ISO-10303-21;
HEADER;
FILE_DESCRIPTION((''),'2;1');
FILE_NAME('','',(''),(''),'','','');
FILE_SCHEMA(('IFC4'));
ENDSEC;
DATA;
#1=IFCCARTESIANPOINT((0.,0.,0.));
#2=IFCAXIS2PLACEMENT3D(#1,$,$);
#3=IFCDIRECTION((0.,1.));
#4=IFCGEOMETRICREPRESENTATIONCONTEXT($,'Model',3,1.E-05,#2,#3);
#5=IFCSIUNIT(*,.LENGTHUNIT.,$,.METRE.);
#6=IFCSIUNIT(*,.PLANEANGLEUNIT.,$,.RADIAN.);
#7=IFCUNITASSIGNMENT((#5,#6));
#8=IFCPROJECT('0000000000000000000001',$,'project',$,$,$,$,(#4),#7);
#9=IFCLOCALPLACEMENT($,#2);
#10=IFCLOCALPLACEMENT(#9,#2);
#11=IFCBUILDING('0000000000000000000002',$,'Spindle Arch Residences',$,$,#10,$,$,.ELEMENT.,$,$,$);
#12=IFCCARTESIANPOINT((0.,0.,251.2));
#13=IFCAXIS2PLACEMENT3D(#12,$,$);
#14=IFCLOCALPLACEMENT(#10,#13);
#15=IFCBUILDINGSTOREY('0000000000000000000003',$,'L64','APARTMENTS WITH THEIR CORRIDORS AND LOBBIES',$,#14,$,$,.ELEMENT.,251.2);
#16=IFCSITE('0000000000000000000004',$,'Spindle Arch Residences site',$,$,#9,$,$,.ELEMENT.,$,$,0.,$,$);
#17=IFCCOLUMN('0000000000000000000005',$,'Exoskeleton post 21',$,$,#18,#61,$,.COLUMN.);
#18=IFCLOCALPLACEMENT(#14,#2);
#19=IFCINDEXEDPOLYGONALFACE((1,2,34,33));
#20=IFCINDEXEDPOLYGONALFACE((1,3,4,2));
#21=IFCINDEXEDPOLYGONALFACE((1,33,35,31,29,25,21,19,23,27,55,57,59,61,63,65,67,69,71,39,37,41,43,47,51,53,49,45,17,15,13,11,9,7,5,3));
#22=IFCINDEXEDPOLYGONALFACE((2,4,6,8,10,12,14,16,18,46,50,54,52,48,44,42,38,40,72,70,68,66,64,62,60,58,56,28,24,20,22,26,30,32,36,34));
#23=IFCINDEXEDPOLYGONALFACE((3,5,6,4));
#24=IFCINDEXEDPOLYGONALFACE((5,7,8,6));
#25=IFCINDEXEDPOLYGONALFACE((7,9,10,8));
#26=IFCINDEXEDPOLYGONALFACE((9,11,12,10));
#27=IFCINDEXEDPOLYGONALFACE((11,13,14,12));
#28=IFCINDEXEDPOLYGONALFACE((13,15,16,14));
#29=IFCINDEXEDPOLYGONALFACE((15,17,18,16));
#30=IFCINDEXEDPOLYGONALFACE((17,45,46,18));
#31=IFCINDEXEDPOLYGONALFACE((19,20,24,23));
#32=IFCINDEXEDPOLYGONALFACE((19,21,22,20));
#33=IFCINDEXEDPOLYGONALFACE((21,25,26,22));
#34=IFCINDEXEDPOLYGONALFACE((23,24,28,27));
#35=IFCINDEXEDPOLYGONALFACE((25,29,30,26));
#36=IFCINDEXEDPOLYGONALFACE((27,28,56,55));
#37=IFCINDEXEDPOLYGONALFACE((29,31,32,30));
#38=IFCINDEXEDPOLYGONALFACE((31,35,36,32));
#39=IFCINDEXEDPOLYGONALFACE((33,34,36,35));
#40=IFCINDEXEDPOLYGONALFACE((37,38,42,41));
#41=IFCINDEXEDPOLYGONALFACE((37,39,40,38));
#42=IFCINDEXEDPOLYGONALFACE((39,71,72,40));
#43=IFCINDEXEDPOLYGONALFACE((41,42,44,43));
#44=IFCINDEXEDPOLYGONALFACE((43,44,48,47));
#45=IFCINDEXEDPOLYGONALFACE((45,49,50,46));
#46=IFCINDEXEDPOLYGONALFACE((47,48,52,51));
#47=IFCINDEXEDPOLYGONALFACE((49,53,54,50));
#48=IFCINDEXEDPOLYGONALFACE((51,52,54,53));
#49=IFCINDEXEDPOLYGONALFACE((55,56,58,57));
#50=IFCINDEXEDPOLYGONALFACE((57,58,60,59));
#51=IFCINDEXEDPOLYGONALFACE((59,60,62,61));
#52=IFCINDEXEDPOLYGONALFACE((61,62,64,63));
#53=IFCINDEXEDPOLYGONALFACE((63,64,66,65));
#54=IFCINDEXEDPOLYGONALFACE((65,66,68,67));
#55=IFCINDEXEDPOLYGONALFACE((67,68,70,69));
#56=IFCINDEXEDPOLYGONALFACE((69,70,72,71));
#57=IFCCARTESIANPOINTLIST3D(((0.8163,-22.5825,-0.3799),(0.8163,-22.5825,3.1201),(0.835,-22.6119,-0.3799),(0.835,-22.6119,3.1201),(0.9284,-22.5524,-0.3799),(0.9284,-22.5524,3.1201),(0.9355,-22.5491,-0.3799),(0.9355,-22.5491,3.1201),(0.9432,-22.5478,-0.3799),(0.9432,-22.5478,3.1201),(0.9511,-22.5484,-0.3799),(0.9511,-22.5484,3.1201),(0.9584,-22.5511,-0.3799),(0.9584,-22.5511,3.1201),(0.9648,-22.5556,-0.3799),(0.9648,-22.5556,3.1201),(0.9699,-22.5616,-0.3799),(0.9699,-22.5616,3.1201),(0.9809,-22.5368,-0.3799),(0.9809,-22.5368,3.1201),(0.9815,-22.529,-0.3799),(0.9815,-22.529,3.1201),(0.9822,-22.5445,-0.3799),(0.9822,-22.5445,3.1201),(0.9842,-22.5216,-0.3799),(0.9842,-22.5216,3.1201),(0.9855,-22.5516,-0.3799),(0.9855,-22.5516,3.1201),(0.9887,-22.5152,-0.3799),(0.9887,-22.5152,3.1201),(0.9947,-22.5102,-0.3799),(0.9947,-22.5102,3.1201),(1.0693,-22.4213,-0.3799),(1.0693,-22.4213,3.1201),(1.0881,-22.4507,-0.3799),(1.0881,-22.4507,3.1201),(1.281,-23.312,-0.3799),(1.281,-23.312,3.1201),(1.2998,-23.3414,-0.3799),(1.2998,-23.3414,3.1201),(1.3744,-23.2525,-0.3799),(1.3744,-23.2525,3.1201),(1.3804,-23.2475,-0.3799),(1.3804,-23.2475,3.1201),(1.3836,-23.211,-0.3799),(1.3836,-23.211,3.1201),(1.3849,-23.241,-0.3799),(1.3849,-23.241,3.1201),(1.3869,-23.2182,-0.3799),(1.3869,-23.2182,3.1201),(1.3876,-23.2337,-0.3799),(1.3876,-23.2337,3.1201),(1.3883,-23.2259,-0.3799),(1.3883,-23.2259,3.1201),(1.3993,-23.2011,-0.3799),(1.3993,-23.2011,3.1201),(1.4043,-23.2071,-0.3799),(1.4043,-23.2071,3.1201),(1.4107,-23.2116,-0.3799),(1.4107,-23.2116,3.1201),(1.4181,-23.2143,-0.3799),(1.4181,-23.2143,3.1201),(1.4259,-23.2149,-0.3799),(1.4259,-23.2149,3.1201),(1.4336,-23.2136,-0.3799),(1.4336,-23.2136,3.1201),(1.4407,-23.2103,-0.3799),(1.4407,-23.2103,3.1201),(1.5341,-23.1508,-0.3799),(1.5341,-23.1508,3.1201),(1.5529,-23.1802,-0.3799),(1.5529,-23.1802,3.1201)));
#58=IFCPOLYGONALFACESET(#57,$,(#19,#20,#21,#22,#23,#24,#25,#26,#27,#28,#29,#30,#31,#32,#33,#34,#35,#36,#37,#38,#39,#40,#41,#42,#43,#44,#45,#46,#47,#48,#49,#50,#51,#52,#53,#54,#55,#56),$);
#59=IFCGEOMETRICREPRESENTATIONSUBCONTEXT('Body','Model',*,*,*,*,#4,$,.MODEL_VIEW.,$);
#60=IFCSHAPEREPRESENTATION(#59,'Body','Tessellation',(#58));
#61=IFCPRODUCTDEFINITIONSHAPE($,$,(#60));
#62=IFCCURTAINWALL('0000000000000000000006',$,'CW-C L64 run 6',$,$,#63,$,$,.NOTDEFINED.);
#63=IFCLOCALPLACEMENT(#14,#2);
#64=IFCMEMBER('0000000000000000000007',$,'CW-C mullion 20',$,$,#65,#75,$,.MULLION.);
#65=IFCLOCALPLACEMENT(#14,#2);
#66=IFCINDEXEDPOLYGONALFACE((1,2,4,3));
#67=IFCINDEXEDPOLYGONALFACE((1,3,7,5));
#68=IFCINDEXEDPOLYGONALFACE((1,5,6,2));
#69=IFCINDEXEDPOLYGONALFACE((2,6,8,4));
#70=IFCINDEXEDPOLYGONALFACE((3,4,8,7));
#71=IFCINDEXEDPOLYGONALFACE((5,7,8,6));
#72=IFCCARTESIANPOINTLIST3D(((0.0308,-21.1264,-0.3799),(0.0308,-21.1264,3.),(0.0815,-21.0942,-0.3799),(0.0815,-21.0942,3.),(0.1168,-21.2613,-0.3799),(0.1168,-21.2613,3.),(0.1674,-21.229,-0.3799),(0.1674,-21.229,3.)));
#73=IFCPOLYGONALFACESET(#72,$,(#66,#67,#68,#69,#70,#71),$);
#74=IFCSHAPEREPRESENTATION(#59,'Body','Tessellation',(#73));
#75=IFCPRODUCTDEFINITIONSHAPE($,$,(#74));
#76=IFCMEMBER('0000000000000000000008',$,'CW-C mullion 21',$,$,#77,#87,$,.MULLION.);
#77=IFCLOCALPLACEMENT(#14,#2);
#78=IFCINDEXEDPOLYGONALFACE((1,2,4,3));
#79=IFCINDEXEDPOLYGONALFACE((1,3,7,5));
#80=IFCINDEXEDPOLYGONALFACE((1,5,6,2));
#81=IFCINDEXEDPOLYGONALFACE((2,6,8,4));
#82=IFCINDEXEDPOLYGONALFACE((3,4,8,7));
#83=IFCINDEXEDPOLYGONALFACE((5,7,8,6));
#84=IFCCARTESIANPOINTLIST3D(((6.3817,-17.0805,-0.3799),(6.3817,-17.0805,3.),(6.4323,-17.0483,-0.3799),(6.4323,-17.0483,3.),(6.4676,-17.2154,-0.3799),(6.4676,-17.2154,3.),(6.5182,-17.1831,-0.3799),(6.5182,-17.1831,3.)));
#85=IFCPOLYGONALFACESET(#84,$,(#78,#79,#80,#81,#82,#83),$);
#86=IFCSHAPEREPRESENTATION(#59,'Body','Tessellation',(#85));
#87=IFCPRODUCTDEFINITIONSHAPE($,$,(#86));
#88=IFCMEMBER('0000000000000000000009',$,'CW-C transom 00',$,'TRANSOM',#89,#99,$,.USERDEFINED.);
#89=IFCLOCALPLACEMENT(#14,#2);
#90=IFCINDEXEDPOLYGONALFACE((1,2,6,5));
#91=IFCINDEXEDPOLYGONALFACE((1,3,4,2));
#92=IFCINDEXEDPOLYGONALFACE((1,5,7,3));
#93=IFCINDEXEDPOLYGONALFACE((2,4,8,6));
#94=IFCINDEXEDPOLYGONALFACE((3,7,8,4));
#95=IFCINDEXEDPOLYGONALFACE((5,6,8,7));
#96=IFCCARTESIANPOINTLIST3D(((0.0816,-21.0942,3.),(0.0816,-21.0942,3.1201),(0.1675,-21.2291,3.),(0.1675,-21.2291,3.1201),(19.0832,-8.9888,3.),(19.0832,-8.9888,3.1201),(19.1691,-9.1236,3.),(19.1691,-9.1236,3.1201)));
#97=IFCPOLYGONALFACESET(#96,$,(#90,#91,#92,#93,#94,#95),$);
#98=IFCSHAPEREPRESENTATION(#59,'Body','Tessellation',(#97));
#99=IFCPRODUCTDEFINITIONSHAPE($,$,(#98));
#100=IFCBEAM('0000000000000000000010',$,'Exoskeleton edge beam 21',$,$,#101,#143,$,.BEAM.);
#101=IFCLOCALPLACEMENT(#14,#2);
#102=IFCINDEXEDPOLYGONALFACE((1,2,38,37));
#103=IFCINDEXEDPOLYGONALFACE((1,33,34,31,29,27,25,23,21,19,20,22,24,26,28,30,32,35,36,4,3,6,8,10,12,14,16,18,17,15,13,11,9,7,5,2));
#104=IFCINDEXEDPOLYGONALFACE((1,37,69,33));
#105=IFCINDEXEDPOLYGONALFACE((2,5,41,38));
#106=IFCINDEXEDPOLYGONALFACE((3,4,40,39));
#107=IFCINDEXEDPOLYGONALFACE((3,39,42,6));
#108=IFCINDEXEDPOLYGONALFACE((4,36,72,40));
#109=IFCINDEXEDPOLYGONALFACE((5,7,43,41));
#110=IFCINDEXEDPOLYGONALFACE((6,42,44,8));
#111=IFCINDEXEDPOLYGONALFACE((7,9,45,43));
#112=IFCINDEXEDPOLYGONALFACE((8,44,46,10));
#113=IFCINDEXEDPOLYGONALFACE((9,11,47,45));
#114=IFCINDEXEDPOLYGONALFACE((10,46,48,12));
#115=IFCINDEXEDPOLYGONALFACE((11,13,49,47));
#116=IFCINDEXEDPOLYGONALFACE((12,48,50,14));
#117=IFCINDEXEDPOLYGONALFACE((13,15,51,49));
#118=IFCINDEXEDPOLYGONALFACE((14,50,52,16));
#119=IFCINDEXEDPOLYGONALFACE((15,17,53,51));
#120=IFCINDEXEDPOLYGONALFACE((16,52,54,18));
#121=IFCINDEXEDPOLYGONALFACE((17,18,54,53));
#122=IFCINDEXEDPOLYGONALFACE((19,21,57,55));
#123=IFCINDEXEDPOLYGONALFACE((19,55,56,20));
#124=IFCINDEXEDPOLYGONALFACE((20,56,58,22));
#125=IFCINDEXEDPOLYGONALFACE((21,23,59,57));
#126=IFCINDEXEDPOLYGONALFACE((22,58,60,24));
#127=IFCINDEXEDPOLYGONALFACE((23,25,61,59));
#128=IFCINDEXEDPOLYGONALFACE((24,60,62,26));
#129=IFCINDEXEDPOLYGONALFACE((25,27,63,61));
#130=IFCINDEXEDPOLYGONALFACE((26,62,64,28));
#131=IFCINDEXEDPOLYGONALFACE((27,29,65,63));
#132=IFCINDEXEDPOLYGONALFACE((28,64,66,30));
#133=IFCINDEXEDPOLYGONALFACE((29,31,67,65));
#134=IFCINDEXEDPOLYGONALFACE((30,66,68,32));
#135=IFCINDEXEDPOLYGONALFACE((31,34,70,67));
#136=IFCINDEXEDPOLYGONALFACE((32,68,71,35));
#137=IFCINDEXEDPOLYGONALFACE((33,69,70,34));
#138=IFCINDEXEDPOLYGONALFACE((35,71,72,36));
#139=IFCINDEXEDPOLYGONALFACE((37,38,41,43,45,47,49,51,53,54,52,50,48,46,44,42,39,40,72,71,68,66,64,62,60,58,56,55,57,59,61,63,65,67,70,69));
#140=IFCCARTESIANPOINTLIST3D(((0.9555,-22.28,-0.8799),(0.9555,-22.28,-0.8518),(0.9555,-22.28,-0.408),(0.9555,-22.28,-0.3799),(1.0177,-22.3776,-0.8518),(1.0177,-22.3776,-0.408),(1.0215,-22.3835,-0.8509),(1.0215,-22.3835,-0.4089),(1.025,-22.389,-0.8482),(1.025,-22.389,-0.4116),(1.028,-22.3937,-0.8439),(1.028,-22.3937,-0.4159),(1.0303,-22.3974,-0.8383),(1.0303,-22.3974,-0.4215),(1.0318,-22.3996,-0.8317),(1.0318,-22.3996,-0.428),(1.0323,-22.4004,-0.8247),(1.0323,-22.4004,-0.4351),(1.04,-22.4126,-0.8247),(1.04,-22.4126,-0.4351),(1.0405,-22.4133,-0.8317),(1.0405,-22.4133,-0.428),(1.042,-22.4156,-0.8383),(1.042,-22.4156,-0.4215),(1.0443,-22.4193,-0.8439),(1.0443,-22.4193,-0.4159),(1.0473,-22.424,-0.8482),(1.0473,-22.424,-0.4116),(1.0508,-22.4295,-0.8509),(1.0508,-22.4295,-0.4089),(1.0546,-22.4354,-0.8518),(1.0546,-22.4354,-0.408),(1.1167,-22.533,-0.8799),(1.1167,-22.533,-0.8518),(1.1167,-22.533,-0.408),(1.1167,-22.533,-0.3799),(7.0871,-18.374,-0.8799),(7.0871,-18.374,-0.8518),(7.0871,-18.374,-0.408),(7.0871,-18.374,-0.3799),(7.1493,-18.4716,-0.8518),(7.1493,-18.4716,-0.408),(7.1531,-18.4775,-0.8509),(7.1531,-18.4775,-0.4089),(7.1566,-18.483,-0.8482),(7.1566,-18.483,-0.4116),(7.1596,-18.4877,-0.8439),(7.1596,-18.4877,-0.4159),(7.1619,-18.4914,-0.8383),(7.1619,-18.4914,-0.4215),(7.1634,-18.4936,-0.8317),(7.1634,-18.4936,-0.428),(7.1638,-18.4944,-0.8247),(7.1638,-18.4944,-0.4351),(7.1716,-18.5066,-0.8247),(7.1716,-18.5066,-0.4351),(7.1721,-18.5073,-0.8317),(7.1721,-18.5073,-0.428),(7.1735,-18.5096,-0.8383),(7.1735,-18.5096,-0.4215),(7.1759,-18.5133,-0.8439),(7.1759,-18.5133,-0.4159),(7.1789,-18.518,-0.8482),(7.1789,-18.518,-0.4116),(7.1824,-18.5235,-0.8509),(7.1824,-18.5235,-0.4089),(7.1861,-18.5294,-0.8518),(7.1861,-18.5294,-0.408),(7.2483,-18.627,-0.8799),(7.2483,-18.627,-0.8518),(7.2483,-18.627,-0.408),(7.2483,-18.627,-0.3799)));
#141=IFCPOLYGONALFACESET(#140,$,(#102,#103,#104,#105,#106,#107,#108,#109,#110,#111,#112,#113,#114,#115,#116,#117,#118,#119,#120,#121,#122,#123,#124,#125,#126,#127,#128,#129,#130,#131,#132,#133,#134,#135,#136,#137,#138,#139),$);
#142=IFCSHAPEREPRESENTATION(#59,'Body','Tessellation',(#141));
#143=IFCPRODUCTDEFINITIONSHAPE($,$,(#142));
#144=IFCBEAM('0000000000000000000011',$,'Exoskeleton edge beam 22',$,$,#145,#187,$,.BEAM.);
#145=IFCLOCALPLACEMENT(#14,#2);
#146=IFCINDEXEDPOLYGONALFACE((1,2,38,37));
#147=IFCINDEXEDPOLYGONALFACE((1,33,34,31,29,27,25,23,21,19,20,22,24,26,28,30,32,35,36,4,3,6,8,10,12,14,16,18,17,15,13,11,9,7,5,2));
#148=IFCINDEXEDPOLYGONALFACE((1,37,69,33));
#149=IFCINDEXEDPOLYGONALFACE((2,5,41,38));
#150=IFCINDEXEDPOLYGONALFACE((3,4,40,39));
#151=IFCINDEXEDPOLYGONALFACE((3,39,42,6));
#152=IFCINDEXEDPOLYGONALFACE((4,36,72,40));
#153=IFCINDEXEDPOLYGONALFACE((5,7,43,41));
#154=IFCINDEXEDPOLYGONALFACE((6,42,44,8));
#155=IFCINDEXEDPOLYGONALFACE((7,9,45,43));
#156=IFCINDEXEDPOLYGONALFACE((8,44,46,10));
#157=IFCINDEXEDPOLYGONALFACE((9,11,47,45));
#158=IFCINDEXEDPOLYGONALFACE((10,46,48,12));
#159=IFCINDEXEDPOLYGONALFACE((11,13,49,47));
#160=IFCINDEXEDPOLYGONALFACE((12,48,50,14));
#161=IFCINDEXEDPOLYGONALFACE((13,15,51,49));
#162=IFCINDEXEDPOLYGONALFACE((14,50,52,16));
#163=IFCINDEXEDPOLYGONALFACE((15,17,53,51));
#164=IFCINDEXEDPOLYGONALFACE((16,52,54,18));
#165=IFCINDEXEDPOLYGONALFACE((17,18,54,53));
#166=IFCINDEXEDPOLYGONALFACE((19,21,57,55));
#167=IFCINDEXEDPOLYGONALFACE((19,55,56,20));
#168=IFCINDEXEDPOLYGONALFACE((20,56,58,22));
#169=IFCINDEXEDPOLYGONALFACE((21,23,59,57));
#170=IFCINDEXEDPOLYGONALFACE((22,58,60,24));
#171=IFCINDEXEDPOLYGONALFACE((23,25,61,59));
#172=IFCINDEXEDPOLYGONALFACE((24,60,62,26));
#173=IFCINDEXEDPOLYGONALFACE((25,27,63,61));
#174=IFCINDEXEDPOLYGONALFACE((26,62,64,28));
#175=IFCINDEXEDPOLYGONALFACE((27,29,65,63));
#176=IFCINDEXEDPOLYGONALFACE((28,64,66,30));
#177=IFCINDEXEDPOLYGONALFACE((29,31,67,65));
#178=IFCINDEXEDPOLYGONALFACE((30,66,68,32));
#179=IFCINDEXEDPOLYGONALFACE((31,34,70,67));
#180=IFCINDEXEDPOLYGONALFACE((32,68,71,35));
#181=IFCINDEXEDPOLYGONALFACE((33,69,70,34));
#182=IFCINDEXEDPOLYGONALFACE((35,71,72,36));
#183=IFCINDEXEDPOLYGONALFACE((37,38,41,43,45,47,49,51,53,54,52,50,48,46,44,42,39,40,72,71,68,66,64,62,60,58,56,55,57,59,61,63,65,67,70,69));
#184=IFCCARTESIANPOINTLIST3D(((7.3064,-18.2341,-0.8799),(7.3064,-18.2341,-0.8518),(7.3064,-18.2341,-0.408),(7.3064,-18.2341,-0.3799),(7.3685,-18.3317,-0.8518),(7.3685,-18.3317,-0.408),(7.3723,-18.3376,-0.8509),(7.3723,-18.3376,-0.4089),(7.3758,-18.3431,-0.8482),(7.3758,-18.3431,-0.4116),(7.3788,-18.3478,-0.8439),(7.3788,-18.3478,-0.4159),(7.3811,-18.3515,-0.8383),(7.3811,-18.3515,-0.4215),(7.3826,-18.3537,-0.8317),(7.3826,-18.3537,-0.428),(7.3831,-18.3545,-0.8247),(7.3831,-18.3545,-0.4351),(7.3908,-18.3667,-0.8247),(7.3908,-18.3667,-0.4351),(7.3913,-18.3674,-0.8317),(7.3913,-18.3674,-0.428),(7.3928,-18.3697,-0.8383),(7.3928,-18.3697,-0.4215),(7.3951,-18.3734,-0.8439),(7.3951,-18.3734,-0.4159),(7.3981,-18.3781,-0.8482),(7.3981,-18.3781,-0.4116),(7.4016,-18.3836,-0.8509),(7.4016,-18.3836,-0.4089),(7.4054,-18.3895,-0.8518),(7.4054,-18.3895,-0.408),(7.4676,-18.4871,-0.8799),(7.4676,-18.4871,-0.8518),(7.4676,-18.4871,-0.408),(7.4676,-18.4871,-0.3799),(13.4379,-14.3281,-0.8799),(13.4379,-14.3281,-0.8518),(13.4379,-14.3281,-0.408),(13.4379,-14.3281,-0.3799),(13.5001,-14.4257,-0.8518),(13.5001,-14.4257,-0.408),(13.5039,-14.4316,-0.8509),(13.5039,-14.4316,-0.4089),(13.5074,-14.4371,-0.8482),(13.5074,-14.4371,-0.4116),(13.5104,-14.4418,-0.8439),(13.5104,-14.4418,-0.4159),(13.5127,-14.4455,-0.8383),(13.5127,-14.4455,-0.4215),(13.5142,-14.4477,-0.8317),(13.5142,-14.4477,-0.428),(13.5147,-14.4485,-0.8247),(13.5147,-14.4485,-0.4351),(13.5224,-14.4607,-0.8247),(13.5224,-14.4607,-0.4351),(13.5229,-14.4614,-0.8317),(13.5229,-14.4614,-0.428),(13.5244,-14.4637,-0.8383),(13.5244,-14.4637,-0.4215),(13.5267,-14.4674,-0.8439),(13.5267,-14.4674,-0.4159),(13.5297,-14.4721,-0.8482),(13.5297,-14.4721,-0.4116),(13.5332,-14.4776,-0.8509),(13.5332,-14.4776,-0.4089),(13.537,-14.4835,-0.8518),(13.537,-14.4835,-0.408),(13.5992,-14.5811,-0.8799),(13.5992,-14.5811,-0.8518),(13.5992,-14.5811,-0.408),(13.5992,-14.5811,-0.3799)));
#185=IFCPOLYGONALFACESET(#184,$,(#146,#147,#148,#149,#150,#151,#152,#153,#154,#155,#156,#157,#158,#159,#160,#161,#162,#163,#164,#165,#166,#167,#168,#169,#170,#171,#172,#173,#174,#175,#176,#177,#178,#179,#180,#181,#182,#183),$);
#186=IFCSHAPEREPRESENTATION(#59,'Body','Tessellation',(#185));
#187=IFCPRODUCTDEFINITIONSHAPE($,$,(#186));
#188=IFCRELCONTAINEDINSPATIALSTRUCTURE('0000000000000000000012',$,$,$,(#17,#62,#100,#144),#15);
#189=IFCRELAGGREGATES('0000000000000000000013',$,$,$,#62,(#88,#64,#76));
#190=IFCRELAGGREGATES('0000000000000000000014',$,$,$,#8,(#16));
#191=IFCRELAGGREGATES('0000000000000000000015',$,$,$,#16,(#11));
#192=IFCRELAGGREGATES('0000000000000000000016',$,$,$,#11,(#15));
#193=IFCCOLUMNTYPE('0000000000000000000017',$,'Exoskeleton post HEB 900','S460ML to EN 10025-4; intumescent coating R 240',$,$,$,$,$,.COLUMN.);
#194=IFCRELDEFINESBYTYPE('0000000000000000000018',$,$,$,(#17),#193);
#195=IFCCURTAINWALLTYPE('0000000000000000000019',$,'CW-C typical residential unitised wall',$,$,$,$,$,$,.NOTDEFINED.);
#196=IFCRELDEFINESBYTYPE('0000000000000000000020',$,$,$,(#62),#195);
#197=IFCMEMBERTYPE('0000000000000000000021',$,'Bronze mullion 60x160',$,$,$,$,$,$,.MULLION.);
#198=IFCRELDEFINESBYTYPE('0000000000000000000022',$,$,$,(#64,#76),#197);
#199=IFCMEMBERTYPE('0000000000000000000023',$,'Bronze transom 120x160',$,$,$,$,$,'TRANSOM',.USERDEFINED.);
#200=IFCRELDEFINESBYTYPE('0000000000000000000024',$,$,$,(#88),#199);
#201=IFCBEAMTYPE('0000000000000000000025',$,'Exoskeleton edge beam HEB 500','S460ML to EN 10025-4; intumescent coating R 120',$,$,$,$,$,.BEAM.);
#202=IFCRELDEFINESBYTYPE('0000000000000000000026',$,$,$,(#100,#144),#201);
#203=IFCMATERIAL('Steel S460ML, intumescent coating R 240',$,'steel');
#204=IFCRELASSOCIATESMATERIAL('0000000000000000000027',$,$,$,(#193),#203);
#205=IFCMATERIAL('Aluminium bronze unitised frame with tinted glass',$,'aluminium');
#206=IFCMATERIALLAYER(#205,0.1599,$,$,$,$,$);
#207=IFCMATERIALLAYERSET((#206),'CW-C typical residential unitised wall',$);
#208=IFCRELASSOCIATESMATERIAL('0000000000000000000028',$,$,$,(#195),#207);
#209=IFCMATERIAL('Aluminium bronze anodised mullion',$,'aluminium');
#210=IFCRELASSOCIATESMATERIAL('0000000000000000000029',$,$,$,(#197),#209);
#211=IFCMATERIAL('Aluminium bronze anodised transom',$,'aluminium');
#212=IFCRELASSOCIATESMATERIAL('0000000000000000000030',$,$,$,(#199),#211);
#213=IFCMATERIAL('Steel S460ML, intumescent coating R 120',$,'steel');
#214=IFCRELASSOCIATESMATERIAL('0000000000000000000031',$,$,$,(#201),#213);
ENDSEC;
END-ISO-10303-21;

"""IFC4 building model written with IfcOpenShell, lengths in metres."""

from ifc_helpers import new_model, si_unit, direction, frame, origin, origin_2d, place, context, subcontext, project, spatial, rectangle, i_section, extrude, material, layer, layer_set, material_profile, profile_set, type_object, element, aggregate, save


model = new_model("IFC4")

# Units and contexts
model_context = context("Model", 3, precision=1e-05, world=origin(), true_north=direction((0.0, 1.0)))
body_context = subcontext(model_context, "Body", "Model", "MODEL_VIEW")
ifc_project = project(units=[si_unit("LENGTHUNIT", "METRE"), si_unit("PLANEANGLEUNIT", "RADIAN")], contexts=[model_context])

# Site, building, storey
site_placement = place(None, origin())
site = spatial("IfcSite", under=ifc_project, at=site_placement, Name="Spindle Arch Residences site", CompositionType="ELEMENT", RefElevation=0.0)
building_placement = place(site_placement, origin())
building = spatial("IfcBuilding", under=site, at=building_placement, Name="Spindle Arch Residences", CompositionType="ELEMENT")
storey_placement = place(building_placement, frame((0.0, 0.0, 251.2)))
storey = spatial("IfcBuildingStorey", under=building, at=storey_placement, Name="L64", Description="APARTMENTS WITH THEIR CORRIDORS AND LOBBIES", CompositionType="ELEMENT", Elevation=251.2)

# Column
ifc_material_1 = material(Name="Steel S460ML, intumescent coating R 240", Category="steel")
ifc_material_profile_1 = material_profile(ifc_material_1, i_section(OverallWidth=0.3, OverallDepth=0.8999, WebThickness=0.0186, FlangeThickness=0.0349, FilletRadius=0.03, at=origin_2d()), Name="HEB 900")
ifc_profile_set_1 = profile_set([ifc_material_profile_1], Name="Steel S460ML, intumescent coating R 240")
column_type = type_object("IfcColumnType", Name="Exoskeleton post HEB 900", Description="S460ML to EN 10025-4; intumescent coating R 240", PredefinedType="COLUMN", material=ifc_profile_set_1)
column_placement = place(storey_placement, frame((1.1846, -22.8813, -0.3799), z_axis=(0.0, 0.0, 1.0), x_axis=(-0.843391, -0.5373, 0.0)))
element("IfcColumn", 1, at=column_placement, inside=storey, type_object=column_type, Name="Exoskeleton post 21", PredefinedType="COLUMN", context=body_context, shape_type="SweptSolid", body=[
    extrude(i_section(OverallWidth=0.3, OverallDepth=0.8999, WebThickness=0.0186, FlangeThickness=0.0349, FilletRadius=0.03, at=origin_2d()), origin(), (0.0, 0.0, 1.0), 3.5),
])

# Curtain wall, members
ifc_material_2 = material(Name="Aluminium bronze unitised frame with tinted glass", Category="aluminium")
ifc_layer_1 = layer(ifc_material_2, 0.1599)
ifc_layer_set_1 = layer_set([ifc_layer_1], Name="CW-C typical residential unitised wall")
curtain_wall_type = type_object("IfcCurtainWallType", Name="CW-C typical residential unitised wall", PredefinedType="NOTDEFINED", material=ifc_layer_set_1)
curtain_wall_placement = place(storey_placement, origin())
curtain_wall = element("IfcCurtainWall", 2, at=curtain_wall_placement, inside=storey, type_object=curtain_wall_type, Name="CW-C L64 run 6", PredefinedType="NOTDEFINED")
ifc_material_3 = material(Name="Aluminium bronze anodised mullion", Category="aluminium")
ifc_material_profile_2 = material_profile(ifc_material_3, rectangle(XDim=0.1599, YDim=0.0601, at=origin_2d()), Name="MU 60x160")
ifc_profile_set_2 = profile_set([ifc_material_profile_2], Name="Aluminium bronze anodised mullion")
member_type_1 = type_object("IfcMemberType", Name="Bronze mullion 60x160", PredefinedType="MULLION", material=ifc_profile_set_2)
member_1_placement = place(storey_placement, frame((0.0991, -21.1777, -0.3799), z_axis=(0.0, 0.0, 1.0), x_axis=(-0.5373, 0.843391, 0.0)))
member_1 = element("IfcMember", 3, at=member_1_placement, type_object=member_type_1, Name="CW-C mullion 20", PredefinedType="MULLION", context=body_context, shape_type="SweptSolid", body=[
    extrude(rectangle(XDim=0.1599, YDim=0.0601, at=origin_2d()), origin(), (0.0, 0.0, 1.0), 3.3799),
])
member_2_placement = place(storey_placement, frame((6.45, -17.1318, -0.3799), z_axis=(0.0, 0.0, 1.0), x_axis=(-0.5373, 0.843391, 0.0)))
member_2 = element("IfcMember", 4, at=member_2_placement, type_object=member_type_1, Name="CW-C mullion 21", PredefinedType="MULLION", context=body_context, shape_type="SweptSolid", body=[
    extrude(rectangle(XDim=0.1599, YDim=0.0601, at=origin_2d()), origin(), (0.0, 0.0, 1.0), 3.3799),
])
ifc_material_4 = material(Name="Aluminium bronze anodised transom", Category="aluminium")
ifc_material_profile_3 = material_profile(ifc_material_4, rectangle(XDim=0.1599, YDim=0.1201, at=origin_2d()), Name="TR 120x160")
ifc_profile_set_3 = profile_set([ifc_material_profile_3], Name="Aluminium bronze anodised transom")
member_type_2 = type_object("IfcMemberType", Name="Bronze transom 120x160", ElementType="TRANSOM", PredefinedType="USERDEFINED", material=ifc_profile_set_3)
member_3_placement = place(storey_placement, frame((0.1245, -21.1616, 3.0601), z_axis=(0.843391, 0.537301, 0.0), x_axis=(-0.537301, 0.843391, 0.0)))
member_3 = element("IfcMember", 5, at=member_3_placement, type_object=member_type_2, Name="CW-C transom 00", ObjectType="TRANSOM", PredefinedType="USERDEFINED", context=body_context, shape_type="SweptSolid", body=[
    extrude(rectangle(XDim=0.1599, YDim=0.1201, at=origin_2d()), origin(), (0.0, 0.0, 1.0), 22.53),
])

# Beams
ifc_material_5 = material(Name="Steel S460ML, intumescent coating R 120", Category="steel")
ifc_material_profile_4 = material_profile(ifc_material_5, i_section(OverallWidth=0.3, OverallDepth=0.5, WebThickness=0.0144, FlangeThickness=0.0281, FilletRadius=0.0271, at=origin_2d()), Name="HEB 500")
ifc_profile_set_4 = profile_set([ifc_material_profile_4], Name="Steel S460ML, intumescent coating R 120")
beam_type_1 = type_object("IfcBeamType", Name="Exoskeleton edge beam HEB 500", Description="S460ML to EN 10025-4; intumescent coating R 120", PredefinedType="BEAM", material=ifc_profile_set_4)
for number, where, z_axis, x_axis, name in (
    (6, (1.0361, -22.4065, -0.6299), (0.843407, 0.537275, 0.0), (-0.537275, 0.843407, 0.0), "Exoskeleton edge beam 21"),
    (7, (7.387, -18.3606, -0.6299), (0.843407, 0.537275, 0.0), (-0.537275, 0.843407, 0.0), "Exoskeleton edge beam 22"),
):
    element("IfcBeam", number, at=place(storey_placement, frame(where, z_axis=z_axis, x_axis=x_axis)), inside=storey, type_object=beam_type_1, Name=name, PredefinedType="BEAM", context=body_context, shape_type="SweptSolid", body=[
        extrude(i_section(OverallWidth=0.3, OverallDepth=0.5, WebThickness=0.0144, FlangeThickness=0.0281, FilletRadius=0.0271, at=origin_2d()), origin(), (0.0, 0.0, 1.0), 7.27),
    ])

aggregate(curtain_wall, [member_3, member_1, member_2])

save(model, "model.ifc")
